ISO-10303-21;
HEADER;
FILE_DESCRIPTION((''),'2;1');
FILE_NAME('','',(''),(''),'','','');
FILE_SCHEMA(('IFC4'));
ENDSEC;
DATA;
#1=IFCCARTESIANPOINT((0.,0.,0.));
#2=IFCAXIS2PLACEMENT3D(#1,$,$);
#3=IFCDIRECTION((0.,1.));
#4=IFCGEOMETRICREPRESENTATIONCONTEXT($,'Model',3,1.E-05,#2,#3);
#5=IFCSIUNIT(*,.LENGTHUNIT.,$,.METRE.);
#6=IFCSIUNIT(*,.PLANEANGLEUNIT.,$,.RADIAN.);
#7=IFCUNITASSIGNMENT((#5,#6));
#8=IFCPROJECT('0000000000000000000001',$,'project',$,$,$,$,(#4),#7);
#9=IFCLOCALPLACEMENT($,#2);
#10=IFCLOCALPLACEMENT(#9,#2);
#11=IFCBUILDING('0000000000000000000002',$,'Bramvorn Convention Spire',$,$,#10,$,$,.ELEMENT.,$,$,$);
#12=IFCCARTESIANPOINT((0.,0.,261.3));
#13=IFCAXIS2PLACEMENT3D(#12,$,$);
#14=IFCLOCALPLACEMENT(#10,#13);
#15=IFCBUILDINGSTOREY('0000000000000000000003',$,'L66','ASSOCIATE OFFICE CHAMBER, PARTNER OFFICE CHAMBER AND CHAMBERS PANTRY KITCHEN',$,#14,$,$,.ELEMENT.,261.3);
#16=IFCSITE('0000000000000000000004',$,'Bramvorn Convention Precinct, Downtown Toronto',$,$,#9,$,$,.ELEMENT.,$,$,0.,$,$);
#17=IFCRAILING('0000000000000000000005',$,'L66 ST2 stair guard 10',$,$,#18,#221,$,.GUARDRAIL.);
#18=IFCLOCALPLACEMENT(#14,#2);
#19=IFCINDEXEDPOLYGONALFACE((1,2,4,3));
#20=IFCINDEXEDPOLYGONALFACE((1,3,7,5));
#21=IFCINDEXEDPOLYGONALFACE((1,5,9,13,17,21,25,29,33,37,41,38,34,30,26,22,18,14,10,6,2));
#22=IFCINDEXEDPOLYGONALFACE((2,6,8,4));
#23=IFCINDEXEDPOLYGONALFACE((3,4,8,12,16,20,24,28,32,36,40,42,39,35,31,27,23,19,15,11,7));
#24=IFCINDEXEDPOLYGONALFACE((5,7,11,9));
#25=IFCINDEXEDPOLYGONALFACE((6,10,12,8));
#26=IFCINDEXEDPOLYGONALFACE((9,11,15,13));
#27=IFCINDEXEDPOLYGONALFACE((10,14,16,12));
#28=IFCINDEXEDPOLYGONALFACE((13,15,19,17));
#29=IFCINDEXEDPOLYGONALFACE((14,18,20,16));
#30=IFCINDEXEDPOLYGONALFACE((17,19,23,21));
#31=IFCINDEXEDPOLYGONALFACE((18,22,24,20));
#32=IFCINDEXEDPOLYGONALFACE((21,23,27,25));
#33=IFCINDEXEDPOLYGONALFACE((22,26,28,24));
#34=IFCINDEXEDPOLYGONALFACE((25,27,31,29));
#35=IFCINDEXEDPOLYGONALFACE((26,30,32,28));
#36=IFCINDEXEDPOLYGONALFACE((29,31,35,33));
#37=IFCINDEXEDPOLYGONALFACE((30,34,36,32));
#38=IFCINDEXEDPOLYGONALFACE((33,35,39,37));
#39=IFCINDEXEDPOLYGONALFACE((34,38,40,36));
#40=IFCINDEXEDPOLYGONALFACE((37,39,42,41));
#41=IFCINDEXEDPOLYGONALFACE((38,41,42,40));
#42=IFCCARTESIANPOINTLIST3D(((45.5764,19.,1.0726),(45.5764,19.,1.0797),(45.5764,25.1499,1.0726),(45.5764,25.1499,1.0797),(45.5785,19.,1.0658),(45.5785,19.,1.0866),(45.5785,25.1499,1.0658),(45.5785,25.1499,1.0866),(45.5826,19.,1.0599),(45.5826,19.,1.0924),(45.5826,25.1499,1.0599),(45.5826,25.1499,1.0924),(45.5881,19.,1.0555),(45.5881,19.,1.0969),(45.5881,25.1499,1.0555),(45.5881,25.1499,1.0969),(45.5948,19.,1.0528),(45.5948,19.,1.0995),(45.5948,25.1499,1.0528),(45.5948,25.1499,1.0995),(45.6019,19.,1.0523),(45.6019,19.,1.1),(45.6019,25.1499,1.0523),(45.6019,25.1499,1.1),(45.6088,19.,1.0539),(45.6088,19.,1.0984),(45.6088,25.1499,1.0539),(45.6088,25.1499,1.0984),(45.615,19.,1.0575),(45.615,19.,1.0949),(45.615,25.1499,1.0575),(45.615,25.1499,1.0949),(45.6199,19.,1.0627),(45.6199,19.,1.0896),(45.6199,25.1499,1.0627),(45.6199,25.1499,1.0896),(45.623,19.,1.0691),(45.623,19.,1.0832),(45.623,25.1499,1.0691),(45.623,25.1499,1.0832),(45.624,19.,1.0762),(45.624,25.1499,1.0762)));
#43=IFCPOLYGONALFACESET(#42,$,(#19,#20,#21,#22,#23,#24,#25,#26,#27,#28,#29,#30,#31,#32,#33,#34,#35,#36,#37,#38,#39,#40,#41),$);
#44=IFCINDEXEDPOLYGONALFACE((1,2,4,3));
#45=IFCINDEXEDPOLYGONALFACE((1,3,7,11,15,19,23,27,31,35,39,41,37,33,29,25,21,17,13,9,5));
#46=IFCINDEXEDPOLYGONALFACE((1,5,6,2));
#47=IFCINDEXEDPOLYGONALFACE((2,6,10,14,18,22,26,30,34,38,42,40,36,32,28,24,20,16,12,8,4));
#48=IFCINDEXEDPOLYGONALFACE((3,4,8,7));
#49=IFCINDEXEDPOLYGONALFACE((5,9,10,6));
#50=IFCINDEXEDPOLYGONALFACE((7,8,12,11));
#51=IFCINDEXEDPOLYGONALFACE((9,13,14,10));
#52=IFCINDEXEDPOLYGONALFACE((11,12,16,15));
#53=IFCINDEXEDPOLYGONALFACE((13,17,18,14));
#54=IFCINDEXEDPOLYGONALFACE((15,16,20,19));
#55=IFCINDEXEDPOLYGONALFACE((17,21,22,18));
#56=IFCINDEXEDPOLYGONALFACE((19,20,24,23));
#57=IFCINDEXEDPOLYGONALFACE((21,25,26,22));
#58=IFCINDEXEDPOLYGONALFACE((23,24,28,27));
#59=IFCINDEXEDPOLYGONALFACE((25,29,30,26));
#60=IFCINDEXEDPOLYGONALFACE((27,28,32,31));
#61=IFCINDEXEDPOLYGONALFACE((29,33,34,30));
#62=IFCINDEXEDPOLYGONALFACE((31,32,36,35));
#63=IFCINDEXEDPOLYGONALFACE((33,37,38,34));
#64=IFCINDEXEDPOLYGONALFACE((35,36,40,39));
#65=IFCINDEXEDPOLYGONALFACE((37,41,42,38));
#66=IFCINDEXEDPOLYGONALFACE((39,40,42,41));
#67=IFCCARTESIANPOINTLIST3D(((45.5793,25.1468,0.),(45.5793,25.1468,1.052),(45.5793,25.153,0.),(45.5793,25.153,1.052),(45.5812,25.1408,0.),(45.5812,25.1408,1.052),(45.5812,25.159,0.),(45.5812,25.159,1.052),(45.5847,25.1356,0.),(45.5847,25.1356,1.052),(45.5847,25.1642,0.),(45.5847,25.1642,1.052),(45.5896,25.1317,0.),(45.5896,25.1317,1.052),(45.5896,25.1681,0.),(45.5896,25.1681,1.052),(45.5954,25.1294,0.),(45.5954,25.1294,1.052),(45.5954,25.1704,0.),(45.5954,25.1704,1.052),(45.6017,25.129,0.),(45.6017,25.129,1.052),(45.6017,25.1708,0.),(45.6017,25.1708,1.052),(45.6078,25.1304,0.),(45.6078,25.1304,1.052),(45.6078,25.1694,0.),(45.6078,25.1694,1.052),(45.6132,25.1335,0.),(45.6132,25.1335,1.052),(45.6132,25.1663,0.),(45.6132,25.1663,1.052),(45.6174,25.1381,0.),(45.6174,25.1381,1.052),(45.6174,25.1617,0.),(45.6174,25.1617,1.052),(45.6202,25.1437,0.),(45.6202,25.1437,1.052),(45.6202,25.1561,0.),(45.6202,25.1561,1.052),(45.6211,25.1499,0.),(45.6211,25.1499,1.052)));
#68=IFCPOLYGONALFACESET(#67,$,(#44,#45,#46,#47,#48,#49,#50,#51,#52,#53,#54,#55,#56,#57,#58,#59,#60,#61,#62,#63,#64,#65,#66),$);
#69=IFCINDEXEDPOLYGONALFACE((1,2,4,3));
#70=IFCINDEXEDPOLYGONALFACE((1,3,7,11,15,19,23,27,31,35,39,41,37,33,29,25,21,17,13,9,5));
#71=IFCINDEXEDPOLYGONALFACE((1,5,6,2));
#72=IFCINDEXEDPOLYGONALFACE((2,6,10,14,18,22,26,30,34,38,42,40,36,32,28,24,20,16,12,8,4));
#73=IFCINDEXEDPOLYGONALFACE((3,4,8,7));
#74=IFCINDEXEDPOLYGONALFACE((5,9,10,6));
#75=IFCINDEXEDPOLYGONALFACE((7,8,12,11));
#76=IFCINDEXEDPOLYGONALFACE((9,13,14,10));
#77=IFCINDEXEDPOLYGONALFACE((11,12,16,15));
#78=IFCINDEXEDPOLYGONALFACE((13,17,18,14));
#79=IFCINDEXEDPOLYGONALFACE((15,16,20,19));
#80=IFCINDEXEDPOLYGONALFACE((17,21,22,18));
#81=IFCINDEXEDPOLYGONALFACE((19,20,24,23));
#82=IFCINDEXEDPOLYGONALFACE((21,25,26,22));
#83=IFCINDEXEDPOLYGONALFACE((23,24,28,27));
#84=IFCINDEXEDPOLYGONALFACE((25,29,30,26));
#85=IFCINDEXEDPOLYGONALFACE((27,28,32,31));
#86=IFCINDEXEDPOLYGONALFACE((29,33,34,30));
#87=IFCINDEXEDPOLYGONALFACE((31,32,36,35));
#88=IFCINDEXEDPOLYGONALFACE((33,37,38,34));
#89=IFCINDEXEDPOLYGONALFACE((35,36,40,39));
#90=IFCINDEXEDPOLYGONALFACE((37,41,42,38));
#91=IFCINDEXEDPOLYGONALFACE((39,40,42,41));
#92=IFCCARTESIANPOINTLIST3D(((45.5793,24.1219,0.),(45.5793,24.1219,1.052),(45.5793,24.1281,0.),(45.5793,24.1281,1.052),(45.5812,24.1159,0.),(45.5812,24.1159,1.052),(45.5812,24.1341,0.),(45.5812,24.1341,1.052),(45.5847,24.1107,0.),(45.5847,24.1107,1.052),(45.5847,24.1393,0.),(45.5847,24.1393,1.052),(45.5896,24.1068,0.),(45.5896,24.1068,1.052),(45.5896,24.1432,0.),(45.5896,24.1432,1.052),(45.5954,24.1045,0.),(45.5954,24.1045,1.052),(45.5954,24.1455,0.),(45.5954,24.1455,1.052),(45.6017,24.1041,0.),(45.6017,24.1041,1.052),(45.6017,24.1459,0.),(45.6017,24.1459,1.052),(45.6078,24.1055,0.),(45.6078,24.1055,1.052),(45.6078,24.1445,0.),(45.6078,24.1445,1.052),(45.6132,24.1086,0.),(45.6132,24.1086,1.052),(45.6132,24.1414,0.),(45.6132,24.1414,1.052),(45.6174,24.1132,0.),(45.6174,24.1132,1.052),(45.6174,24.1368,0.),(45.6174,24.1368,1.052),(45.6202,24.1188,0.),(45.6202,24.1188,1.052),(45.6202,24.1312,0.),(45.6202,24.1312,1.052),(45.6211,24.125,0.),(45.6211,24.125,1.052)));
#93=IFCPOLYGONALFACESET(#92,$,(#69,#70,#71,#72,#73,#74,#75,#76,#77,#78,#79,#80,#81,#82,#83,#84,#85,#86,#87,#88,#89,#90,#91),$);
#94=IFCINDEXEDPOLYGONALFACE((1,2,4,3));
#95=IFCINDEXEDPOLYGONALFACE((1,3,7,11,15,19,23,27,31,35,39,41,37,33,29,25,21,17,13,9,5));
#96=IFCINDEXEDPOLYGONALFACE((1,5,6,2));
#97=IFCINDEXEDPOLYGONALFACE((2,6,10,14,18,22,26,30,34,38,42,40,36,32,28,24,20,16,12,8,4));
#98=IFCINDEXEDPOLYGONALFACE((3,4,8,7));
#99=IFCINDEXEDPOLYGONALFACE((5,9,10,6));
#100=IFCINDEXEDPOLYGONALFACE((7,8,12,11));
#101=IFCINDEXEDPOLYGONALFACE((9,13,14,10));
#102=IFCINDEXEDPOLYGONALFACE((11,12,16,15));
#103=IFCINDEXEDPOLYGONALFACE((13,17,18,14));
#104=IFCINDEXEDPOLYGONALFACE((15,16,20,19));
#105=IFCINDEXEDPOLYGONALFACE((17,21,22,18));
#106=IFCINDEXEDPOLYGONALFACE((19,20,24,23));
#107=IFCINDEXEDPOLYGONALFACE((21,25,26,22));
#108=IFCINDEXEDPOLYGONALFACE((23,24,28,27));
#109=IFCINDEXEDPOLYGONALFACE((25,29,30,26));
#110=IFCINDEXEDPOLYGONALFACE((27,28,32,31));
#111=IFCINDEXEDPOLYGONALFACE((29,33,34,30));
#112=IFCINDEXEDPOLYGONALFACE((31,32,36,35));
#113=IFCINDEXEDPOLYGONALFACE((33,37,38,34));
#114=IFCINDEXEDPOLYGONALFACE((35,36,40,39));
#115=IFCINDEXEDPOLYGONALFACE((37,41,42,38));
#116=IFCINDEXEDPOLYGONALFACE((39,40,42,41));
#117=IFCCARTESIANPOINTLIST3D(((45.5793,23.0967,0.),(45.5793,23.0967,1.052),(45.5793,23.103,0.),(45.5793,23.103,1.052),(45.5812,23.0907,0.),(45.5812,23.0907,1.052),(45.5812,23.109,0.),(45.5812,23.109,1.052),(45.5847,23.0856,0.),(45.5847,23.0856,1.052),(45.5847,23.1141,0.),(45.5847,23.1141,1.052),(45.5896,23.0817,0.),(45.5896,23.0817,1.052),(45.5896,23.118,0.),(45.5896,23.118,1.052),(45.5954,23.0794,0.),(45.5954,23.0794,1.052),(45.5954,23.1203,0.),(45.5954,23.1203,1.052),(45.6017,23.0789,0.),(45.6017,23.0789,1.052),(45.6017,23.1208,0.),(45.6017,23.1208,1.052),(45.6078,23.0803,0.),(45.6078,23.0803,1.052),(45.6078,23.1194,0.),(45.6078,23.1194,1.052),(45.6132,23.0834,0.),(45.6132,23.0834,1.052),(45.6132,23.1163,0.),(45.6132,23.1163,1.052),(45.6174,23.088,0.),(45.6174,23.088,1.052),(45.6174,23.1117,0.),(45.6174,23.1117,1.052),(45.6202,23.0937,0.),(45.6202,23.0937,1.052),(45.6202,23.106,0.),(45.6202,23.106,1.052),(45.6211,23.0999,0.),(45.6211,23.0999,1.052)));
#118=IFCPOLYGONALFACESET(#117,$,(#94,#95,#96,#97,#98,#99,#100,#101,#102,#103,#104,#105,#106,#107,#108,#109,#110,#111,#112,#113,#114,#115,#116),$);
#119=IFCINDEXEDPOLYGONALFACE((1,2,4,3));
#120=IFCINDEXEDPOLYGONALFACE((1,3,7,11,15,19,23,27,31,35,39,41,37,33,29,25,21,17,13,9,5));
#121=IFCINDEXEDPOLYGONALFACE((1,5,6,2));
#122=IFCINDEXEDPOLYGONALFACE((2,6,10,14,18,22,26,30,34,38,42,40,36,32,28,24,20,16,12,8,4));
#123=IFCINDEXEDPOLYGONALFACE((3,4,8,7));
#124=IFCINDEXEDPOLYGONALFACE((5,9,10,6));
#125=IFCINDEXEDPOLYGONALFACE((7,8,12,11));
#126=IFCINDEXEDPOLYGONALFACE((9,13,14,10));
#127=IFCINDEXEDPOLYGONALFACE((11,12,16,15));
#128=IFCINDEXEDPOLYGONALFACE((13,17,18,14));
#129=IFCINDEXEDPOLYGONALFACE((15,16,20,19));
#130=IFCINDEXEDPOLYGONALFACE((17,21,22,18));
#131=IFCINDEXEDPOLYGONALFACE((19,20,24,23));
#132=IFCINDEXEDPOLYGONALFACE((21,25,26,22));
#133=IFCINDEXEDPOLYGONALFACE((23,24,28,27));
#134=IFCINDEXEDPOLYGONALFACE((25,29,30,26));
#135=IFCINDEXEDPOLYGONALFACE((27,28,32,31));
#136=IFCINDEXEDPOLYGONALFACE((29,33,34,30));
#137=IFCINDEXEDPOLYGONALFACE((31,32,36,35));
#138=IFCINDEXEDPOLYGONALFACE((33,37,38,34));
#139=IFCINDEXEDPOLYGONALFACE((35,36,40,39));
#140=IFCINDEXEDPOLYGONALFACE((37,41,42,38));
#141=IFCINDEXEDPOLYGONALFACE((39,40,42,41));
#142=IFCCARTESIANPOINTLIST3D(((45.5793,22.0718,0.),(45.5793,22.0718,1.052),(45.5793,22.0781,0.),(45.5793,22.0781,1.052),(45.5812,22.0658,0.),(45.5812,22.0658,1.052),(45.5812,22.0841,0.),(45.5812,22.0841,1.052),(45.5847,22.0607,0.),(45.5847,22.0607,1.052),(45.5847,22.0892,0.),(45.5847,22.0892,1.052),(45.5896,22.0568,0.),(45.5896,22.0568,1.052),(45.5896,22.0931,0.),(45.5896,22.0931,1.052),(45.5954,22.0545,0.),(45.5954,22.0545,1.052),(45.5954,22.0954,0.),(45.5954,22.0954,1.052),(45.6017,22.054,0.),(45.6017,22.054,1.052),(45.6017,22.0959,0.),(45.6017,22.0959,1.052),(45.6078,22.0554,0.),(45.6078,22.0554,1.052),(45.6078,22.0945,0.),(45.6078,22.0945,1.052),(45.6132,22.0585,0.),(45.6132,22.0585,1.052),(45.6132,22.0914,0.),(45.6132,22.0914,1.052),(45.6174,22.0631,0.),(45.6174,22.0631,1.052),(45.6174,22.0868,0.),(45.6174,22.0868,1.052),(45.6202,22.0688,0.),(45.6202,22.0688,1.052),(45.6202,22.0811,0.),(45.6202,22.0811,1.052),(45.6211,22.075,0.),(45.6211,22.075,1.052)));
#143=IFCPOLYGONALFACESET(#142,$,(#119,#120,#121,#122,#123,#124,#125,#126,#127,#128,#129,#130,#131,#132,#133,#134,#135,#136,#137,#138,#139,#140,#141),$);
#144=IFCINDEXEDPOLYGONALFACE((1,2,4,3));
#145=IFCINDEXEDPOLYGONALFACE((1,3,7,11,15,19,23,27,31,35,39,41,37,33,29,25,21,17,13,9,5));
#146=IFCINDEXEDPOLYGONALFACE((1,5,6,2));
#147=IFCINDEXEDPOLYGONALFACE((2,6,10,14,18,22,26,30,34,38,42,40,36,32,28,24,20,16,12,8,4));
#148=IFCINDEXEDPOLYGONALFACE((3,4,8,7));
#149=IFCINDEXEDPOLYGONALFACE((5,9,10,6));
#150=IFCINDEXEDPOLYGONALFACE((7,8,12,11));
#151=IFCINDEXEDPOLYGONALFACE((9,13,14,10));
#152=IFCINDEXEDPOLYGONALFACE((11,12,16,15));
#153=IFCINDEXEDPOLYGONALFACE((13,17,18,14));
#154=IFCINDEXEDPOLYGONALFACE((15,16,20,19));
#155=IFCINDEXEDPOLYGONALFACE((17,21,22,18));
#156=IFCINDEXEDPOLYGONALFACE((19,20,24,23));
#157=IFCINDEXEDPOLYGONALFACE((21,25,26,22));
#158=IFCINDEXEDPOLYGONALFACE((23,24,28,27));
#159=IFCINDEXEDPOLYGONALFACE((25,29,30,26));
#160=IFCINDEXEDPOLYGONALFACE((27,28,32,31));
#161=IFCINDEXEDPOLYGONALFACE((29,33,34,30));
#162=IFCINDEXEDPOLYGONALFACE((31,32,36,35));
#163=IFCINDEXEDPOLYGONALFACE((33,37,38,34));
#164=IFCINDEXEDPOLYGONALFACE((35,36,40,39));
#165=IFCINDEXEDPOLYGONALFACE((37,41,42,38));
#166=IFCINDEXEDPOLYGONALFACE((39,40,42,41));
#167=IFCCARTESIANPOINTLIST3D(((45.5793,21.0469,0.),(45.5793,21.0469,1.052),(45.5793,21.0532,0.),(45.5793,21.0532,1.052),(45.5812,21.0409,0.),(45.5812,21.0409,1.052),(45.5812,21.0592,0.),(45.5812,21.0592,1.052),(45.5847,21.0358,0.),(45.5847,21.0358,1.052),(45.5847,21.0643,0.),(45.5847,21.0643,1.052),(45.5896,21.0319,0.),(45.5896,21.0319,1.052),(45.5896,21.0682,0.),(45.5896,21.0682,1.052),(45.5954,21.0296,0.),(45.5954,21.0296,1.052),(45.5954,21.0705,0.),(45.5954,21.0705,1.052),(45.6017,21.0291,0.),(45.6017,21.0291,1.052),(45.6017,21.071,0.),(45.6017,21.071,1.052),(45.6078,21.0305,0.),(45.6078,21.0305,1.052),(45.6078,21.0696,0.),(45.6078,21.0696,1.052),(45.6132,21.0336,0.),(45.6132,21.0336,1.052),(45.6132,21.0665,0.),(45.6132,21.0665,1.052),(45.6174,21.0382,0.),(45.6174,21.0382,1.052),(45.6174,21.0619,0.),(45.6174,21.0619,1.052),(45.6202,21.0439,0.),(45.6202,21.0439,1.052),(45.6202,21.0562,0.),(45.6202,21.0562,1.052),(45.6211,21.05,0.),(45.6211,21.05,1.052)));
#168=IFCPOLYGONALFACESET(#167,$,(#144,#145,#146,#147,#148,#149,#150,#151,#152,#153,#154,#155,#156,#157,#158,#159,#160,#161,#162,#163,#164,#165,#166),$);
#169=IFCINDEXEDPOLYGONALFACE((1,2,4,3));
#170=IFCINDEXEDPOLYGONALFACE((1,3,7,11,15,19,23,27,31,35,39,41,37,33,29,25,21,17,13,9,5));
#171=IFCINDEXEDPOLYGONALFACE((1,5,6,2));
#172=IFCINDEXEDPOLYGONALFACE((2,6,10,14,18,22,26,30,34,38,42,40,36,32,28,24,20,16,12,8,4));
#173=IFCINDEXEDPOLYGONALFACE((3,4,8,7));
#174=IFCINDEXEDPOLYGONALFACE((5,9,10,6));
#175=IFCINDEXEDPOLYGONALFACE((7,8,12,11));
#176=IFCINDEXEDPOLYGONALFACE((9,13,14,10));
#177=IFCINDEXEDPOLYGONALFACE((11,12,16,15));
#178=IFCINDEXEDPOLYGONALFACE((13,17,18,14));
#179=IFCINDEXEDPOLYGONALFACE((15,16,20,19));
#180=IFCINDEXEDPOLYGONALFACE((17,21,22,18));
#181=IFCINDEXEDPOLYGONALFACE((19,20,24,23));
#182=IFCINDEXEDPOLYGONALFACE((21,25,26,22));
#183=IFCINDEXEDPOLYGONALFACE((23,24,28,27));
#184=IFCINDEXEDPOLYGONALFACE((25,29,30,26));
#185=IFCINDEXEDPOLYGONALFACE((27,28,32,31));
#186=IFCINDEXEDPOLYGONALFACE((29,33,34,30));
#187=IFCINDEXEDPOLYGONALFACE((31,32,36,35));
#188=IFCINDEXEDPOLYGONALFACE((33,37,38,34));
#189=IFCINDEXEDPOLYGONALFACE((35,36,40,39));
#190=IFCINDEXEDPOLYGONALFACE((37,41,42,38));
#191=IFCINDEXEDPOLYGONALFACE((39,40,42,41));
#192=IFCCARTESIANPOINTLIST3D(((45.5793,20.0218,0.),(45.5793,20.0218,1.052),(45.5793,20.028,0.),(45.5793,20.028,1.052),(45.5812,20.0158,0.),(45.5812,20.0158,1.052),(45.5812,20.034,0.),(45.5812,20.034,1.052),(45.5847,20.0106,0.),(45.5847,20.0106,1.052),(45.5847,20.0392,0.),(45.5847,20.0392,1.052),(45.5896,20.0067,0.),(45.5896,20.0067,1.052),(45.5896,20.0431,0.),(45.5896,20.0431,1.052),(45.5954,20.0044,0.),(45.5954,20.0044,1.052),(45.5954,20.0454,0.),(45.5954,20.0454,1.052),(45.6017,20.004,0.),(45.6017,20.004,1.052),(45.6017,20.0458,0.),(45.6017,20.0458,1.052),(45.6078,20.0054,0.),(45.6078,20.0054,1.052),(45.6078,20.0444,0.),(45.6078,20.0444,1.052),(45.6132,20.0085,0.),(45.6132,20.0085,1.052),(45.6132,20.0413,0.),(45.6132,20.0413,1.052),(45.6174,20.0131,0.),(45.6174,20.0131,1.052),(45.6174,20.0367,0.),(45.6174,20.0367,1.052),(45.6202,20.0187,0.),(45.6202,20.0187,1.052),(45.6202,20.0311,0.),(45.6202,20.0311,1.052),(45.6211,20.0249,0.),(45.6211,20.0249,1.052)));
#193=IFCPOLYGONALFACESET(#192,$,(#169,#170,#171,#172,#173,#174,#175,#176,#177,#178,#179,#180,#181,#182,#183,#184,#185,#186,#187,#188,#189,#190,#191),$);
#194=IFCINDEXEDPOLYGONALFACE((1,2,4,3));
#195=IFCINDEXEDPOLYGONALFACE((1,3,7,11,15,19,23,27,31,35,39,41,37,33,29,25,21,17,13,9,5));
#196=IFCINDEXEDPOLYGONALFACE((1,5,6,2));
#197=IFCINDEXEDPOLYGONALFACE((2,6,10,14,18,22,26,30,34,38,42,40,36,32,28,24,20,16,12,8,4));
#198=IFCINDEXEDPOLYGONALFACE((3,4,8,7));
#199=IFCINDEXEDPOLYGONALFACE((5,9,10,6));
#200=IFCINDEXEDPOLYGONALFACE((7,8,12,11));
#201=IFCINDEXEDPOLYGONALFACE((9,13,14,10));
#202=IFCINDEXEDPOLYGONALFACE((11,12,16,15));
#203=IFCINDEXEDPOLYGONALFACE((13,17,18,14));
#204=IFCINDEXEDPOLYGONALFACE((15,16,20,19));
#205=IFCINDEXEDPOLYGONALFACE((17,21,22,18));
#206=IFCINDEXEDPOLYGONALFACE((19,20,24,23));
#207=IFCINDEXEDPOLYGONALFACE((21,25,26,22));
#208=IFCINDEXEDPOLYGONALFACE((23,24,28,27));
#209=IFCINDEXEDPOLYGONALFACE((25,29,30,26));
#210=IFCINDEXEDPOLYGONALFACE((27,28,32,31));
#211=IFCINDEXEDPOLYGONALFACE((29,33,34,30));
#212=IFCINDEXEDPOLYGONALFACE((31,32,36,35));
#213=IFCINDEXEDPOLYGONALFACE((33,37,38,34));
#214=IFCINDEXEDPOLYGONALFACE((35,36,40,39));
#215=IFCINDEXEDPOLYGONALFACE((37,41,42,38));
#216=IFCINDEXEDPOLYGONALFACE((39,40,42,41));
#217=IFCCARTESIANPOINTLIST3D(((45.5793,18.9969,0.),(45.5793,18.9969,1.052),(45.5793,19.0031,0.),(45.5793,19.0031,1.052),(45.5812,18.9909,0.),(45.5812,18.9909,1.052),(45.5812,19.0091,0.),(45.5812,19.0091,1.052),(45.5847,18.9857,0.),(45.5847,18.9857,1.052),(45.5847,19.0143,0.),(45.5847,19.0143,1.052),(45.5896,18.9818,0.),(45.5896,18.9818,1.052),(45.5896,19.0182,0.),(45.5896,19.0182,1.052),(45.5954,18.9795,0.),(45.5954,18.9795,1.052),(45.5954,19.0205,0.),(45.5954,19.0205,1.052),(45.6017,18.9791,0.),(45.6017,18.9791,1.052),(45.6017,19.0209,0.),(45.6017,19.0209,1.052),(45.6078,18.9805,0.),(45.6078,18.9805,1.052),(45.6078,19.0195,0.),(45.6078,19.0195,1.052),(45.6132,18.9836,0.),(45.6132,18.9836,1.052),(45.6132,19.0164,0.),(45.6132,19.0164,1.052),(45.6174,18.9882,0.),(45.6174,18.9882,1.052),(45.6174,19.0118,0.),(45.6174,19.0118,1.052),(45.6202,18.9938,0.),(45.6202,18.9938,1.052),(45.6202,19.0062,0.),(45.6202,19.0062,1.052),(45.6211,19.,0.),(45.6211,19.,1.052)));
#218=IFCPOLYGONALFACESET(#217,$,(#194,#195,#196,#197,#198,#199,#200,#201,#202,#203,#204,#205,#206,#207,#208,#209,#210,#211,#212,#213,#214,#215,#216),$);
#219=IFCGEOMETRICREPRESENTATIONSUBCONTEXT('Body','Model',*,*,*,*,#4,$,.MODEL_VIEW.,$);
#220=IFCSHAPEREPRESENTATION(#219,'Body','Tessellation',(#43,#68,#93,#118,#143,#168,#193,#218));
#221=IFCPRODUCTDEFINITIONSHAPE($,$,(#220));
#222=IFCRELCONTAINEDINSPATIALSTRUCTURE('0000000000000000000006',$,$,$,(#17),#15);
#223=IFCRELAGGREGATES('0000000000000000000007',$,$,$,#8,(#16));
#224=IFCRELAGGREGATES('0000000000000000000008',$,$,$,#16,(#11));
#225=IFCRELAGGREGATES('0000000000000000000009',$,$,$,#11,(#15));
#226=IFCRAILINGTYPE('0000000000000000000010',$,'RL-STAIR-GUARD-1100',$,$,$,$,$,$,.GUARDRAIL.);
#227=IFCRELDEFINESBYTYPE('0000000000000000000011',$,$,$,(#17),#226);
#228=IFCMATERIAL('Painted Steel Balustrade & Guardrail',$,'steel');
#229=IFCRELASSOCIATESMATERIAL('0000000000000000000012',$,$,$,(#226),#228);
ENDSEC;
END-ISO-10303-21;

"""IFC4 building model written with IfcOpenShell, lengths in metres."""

from ifc_helpers import new_model, si_unit, direction, frame, origin, origin_2d, place, context, subcontext, project, spatial, circle, extrude, material, type_object, element, save


model = new_model("IFC4")

# Units and contexts
model_context = context("Model", 3, precision=1e-05, world=origin(), true_north=direction((0.0, 1.0)))
body_context = subcontext(model_context, "Body", "Model", "MODEL_VIEW")
ifc_project = project(units=[si_unit("LENGTHUNIT", "METRE"), si_unit("PLANEANGLEUNIT", "RADIAN")], contexts=[model_context])

# Site, building, storey
site_placement = place(None, origin())
site = spatial("IfcSite", under=ifc_project, at=site_placement, Name="Bramvorn Convention Precinct, Downtown Toronto", CompositionType="ELEMENT", RefElevation=0.0)
building_placement = place(site_placement, origin())
building = spatial("IfcBuilding", under=site, at=building_placement, Name="Bramvorn Convention Spire", CompositionType="ELEMENT")
storey_placement = place(building_placement, frame((0.0, 0.0, 261.3)))
storey = spatial("IfcBuildingStorey", under=building, at=storey_placement, Name="L66", Description="ASSOCIATE OFFICE CHAMBER, PARTNER OFFICE CHAMBER AND CHAMBERS PANTRY KITCHEN", CompositionType="ELEMENT", Elevation=261.3)

# Railing
ifc_material_1 = material(Name="Painted Steel Balustrade & Guardrail", Category="steel")
railing_type_1 = type_object("IfcRailingType", Name="RL-STAIR-GUARD-1100", PredefinedType="GUARDRAIL", material=ifc_material_1)
railing_1_placement = place(storey_placement, frame((45.6001, 25.1499, 0.0)))
element("IfcRailing", 1, at=railing_1_placement, inside=storey, type_object=railing_type_1, Name="L66 ST2 stair guard 10", PredefinedType="GUARDRAIL", context=body_context, shape_type="SweptSolid", body=[
    extrude(circle(Radius=0.0239, at=origin_2d()), frame((0.0, 0.0, 1.0762), z_axis=(0.0, -1.0, 0.0), x_axis=(1.0, 0.0, 0.0)), (0.0, 0.0, 1.0), 6.1499),
    extrude(circle(Radius=0.021, at=origin_2d()), origin(), (0.0, 0.0, 1.0), 1.052),
    extrude(circle(Radius=0.021, at=origin_2d()), frame((0.0, -1.0249, 0.0)), (0.0, 0.0, 1.0), 1.052),
    extrude(circle(Radius=0.021, at=origin_2d()), frame((0.0, -2.05, 0.0)), (0.0, 0.0, 1.0), 1.052),
    extrude(circle(Radius=0.021, at=origin_2d()), frame((0.0, -3.075, 0.0)), (0.0, 0.0, 1.0), 1.052),
    extrude(circle(Radius=0.021, at=origin_2d()), frame((0.0, -4.0999, 0.0)), (0.0, 0.0, 1.0), 1.052),
    extrude(circle(Radius=0.021, at=origin_2d()), frame((0.0, -5.125, 0.0)), (0.0, 0.0, 1.0), 1.052),
    extrude(circle(Radius=0.021, at=origin_2d()), frame((0.0, -6.1499, 0.0)), (0.0, 0.0, 1.0), 1.052),
])

save(model, "model.ifc")
